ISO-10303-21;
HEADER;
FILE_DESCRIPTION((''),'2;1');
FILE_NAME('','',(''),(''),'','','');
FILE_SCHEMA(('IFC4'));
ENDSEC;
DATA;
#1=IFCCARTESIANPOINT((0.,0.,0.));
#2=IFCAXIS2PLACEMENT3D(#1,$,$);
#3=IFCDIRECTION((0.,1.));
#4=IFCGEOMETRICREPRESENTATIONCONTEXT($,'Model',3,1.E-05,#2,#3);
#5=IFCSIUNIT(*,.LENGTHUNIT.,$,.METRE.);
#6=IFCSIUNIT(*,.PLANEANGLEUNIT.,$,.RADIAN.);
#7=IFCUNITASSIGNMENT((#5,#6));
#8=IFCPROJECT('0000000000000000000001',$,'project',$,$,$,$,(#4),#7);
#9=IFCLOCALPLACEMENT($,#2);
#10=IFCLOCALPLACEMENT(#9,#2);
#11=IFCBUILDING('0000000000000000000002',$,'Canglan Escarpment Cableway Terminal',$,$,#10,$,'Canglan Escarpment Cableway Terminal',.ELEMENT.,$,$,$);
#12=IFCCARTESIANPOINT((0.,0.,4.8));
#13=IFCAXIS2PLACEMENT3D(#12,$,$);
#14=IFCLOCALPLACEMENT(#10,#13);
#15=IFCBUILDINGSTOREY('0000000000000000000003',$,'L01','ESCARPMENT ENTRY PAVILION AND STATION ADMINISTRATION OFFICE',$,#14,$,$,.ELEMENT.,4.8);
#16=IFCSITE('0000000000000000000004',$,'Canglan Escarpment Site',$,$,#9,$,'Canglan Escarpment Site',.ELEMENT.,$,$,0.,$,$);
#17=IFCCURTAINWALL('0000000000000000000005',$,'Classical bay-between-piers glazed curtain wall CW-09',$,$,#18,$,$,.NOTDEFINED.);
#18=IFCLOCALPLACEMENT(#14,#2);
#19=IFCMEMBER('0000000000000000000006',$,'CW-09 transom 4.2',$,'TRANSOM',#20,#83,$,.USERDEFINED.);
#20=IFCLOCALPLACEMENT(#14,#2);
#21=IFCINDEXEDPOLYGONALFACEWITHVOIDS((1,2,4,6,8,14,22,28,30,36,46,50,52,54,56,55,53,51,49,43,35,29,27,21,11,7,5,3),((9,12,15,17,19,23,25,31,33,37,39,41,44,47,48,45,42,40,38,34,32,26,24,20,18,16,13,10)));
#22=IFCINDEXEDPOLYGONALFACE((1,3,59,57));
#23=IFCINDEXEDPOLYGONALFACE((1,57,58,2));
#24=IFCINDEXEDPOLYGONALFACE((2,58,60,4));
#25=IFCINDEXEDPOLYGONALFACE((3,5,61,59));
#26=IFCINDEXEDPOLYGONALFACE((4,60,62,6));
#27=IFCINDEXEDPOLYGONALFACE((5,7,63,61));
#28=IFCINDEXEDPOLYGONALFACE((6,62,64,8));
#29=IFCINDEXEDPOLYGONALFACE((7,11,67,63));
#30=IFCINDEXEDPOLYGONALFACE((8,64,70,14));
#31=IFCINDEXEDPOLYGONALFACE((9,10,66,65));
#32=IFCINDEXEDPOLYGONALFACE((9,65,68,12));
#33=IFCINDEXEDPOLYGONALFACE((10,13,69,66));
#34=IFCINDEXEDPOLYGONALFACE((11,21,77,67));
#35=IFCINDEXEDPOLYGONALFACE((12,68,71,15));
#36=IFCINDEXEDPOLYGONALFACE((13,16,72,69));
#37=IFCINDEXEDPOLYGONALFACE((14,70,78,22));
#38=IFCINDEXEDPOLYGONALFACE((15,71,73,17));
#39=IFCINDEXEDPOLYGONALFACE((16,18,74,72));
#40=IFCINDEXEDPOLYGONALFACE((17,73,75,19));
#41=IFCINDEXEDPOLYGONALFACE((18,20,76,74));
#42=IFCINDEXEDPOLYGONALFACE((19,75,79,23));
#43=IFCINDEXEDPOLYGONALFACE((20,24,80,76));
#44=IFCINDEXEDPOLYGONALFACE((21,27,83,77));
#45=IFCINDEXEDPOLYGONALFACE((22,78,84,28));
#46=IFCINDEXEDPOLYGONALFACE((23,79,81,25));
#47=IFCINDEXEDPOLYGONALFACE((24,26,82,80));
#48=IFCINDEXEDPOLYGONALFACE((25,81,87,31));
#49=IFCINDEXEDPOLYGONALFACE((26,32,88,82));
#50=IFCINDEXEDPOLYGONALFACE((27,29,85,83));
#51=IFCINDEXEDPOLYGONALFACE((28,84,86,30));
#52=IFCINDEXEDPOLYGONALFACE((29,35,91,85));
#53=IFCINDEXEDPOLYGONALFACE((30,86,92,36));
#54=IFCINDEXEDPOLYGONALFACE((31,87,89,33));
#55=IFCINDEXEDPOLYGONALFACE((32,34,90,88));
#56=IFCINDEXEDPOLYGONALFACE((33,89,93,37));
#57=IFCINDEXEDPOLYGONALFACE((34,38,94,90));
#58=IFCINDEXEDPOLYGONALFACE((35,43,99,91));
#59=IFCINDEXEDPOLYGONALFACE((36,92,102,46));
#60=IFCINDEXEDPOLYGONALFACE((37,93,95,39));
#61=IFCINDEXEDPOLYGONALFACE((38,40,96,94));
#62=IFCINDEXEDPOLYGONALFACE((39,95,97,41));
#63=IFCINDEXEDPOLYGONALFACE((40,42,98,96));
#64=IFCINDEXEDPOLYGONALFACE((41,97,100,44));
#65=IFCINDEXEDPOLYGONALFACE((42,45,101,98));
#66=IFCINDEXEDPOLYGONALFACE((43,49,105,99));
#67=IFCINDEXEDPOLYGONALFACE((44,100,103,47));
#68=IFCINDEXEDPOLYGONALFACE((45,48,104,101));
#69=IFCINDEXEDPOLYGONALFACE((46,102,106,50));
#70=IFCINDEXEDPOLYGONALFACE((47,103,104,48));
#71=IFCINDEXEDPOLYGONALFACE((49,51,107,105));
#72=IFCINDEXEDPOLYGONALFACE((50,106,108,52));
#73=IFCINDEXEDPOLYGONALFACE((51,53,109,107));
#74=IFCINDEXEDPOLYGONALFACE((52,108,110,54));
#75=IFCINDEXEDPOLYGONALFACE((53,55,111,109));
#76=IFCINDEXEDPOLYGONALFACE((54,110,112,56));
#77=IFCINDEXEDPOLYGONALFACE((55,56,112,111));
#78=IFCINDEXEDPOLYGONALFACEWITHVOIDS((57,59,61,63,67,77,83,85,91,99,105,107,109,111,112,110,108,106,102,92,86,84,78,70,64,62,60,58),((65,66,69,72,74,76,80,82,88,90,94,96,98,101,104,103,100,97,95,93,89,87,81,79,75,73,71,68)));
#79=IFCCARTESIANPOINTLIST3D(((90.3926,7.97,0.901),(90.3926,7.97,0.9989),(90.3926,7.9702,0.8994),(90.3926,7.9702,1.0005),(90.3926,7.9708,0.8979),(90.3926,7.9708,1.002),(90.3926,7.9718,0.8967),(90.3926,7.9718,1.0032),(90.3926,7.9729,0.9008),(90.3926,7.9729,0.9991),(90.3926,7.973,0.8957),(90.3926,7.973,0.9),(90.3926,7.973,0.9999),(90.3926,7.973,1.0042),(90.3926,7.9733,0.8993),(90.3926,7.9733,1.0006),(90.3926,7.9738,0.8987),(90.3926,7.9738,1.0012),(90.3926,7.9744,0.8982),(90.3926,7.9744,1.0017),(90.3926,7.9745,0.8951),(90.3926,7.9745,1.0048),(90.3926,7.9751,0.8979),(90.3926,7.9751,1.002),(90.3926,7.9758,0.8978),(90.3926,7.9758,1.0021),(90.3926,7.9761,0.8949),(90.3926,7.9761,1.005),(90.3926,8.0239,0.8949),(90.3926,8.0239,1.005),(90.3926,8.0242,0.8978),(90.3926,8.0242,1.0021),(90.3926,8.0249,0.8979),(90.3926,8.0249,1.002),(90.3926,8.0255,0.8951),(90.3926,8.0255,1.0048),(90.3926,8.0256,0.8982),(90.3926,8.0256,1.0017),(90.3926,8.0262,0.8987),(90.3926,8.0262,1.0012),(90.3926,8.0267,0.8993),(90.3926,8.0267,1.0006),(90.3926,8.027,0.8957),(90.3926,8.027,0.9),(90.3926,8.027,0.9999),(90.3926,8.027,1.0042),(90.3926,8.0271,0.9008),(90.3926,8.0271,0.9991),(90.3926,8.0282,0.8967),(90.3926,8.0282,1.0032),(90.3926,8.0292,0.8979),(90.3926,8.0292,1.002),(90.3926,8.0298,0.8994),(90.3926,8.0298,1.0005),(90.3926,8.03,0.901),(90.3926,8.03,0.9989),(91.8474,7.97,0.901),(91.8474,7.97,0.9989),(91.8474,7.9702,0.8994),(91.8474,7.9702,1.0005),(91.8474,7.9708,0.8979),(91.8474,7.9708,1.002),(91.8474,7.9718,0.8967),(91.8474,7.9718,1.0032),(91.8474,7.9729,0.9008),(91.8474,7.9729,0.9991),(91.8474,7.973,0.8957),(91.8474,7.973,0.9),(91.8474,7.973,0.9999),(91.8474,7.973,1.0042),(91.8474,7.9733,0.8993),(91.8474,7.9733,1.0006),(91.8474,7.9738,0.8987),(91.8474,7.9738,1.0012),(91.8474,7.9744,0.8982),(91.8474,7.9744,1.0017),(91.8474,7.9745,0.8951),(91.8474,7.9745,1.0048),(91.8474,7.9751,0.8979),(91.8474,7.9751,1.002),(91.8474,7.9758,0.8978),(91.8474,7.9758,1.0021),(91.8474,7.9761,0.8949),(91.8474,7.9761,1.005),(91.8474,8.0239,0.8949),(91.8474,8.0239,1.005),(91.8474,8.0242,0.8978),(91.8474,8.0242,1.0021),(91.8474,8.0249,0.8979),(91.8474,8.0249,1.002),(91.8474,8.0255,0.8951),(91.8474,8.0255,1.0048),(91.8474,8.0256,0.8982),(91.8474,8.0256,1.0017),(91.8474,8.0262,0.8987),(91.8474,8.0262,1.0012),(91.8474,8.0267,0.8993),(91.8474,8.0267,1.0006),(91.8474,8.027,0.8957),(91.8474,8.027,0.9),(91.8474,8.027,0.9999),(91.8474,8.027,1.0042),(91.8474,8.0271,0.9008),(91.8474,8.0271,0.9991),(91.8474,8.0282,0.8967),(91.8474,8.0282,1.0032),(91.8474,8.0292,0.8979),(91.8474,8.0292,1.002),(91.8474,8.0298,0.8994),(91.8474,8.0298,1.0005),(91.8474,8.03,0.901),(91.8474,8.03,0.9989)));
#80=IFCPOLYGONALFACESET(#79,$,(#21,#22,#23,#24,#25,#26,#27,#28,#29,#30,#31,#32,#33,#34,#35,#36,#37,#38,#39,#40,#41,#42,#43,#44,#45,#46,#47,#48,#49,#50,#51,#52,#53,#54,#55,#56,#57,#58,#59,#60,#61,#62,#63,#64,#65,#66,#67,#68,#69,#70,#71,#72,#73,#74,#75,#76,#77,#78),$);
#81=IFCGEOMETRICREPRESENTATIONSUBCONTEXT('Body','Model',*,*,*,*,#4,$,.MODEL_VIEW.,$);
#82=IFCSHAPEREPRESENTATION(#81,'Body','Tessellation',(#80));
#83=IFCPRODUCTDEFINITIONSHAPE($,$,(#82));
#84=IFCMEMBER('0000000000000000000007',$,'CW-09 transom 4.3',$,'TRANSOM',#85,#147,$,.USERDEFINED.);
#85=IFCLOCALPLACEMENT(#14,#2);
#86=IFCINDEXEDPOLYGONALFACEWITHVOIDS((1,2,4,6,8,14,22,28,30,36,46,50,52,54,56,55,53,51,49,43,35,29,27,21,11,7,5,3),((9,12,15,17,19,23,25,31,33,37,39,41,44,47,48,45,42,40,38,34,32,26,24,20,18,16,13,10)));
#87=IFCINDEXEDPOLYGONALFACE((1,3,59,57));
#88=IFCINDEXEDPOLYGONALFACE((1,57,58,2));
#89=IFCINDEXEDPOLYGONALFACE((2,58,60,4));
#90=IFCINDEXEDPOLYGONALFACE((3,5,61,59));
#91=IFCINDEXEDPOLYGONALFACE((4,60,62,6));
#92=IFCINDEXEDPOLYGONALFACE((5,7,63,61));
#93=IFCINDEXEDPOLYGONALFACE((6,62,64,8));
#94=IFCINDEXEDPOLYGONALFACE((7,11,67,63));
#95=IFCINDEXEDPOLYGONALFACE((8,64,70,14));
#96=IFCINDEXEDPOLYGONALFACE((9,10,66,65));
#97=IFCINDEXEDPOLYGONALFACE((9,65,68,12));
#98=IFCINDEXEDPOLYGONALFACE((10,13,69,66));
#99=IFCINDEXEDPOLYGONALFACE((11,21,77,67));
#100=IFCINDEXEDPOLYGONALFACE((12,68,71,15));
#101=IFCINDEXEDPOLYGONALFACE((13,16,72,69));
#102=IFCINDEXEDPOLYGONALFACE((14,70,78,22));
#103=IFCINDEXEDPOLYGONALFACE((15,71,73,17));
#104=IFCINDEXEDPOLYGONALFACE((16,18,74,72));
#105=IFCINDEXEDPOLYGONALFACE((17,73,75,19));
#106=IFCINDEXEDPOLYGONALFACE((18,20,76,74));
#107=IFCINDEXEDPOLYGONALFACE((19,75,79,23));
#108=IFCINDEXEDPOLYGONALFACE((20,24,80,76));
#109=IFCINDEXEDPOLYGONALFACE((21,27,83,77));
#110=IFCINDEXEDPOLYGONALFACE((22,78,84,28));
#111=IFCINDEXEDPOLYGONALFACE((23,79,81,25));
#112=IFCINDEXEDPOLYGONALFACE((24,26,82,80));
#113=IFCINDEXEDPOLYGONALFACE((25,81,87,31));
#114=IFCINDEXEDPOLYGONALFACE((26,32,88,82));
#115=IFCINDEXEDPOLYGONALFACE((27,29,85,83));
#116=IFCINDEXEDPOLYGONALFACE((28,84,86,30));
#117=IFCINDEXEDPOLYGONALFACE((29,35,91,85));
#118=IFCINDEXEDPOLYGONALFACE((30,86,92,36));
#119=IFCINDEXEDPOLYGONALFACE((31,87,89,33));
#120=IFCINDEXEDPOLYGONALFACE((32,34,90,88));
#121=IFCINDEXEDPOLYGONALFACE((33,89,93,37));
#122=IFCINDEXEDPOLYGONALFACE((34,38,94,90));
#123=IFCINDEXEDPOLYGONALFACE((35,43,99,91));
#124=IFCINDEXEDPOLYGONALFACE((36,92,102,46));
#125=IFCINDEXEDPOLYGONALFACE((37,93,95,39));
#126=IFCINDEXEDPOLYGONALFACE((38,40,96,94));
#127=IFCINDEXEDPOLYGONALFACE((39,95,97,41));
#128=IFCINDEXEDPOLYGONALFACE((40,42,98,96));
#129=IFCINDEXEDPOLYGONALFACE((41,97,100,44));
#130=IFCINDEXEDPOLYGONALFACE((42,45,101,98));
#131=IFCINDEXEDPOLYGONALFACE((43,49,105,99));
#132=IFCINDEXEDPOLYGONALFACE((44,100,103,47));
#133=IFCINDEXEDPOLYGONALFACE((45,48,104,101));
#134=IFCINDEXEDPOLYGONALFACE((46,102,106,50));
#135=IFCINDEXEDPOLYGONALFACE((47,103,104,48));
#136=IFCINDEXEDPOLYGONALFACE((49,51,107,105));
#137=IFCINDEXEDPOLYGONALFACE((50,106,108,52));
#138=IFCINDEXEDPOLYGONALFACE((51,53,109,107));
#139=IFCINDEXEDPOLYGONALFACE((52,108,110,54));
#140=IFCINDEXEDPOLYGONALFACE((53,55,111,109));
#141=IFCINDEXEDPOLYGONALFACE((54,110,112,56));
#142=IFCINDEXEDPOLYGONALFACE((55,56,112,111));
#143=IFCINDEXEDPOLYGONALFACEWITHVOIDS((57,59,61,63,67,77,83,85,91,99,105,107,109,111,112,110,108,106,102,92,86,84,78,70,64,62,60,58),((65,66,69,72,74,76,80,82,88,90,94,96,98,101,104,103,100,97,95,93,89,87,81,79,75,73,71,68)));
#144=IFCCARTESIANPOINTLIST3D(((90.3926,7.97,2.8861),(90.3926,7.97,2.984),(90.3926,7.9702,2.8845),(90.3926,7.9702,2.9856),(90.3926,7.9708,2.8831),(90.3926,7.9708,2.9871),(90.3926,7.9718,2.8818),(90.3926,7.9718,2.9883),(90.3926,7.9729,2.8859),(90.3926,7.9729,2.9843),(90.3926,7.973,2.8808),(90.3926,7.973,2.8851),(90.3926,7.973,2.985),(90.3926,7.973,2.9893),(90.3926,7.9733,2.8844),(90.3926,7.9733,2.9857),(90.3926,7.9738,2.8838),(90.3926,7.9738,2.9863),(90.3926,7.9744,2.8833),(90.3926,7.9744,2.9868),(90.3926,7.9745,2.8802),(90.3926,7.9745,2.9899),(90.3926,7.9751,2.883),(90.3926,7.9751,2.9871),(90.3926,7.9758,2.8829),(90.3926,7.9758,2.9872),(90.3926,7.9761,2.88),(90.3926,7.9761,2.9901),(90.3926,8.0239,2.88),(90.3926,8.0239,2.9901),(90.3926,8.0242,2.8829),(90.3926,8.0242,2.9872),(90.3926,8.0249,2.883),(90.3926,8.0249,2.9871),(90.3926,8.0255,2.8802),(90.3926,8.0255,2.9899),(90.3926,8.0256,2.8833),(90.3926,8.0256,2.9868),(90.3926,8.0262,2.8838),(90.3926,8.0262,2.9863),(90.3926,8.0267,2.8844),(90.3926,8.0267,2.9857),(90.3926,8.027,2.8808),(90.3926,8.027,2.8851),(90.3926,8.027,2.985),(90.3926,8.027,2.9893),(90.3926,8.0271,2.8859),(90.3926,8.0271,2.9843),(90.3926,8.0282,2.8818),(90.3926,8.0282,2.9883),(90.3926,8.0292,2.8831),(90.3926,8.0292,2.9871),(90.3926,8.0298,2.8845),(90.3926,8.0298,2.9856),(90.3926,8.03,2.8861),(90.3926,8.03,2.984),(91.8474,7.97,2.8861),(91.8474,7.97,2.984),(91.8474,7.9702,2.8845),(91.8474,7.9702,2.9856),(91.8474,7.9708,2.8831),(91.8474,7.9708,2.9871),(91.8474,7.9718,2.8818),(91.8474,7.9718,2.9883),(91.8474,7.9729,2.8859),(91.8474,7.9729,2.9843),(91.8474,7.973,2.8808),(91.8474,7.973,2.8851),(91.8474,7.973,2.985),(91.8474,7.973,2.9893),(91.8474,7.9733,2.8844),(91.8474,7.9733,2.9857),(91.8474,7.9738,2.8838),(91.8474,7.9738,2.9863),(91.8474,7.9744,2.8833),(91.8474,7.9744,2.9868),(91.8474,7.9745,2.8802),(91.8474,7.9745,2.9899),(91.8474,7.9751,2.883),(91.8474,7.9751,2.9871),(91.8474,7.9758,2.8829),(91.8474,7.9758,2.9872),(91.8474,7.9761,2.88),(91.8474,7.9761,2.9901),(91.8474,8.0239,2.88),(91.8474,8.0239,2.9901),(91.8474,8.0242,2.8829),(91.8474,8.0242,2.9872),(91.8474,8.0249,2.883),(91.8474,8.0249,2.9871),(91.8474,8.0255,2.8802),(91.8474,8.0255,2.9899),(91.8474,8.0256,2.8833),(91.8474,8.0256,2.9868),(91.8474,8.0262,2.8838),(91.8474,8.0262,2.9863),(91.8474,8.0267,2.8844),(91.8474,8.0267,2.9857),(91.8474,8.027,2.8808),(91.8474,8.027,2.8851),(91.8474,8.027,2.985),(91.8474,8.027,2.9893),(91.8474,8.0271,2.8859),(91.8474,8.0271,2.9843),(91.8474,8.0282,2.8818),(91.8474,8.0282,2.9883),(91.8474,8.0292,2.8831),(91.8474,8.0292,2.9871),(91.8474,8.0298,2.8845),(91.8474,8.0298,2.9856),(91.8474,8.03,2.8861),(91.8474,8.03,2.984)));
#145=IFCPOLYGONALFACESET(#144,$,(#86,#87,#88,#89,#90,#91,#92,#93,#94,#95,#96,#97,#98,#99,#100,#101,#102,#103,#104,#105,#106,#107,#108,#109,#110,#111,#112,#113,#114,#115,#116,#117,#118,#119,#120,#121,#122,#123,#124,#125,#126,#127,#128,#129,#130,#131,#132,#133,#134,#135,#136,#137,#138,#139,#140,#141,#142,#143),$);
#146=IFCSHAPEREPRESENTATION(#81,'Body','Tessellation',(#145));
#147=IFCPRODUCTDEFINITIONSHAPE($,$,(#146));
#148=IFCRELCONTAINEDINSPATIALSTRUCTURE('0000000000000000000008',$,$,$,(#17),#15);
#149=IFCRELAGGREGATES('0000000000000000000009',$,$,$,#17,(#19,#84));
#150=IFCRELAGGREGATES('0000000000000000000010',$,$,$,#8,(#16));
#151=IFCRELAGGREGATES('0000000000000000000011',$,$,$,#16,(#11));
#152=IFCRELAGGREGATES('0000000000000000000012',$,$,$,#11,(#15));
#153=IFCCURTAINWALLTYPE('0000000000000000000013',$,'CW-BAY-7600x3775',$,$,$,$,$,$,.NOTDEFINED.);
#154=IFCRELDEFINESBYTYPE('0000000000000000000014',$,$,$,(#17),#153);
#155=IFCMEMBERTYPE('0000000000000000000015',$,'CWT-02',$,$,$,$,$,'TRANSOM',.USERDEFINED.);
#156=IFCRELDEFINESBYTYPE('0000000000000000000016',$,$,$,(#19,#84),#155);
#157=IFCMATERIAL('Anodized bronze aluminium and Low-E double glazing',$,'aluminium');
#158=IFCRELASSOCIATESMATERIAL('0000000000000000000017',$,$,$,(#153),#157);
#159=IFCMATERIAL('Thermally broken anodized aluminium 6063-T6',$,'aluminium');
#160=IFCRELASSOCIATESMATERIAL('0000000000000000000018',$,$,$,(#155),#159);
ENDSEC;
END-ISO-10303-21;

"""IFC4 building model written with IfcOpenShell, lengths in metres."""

from ifc_helpers import new_model, si_unit, direction, frame, origin, origin_2d, place, context, subcontext, project, spatial, hollow_rectangle, extrude, material, material_profile, profile_set, type_object, element, aggregate, save


model = new_model("IFC4")

# Units and contexts
model_context = context("Model", 3, precision=1e-05, world=origin(), true_north=direction((0.0, 1.0)))
body_context = subcontext(model_context, "Body", "Model", "MODEL_VIEW")
ifc_project = project(units=[si_unit("LENGTHUNIT", "METRE"), si_unit("PLANEANGLEUNIT", "RADIAN")], contexts=[model_context])

# Site, building, storey
site_placement = place(None, origin())
site = spatial("IfcSite", under=ifc_project, at=site_placement, Name="Canglan Escarpment Site", LongName="Canglan Escarpment Site", CompositionType="ELEMENT", RefElevation=0.0)
building_placement = place(site_placement, origin())
building = spatial("IfcBuilding", under=site, at=building_placement, Name="Canglan Escarpment Cableway Terminal", LongName="Canglan Escarpment Cableway Terminal", CompositionType="ELEMENT")
storey_placement = place(building_placement, frame((0.0, 0.0, 4.8)))
storey = spatial("IfcBuildingStorey", under=building, at=storey_placement, Name="L01", Description="ESCARPMENT ENTRY PAVILION AND STATION ADMINISTRATION OFFICE", CompositionType="ELEMENT", Elevation=4.8)

# Curtain wall, members
ifc_material_1 = material(Name="Anodized bronze aluminium and Low-E double glazing", Category="aluminium")
curtain_wall_type = type_object("IfcCurtainWallType", Name="CW-BAY-7600x3775", PredefinedType="NOTDEFINED", material=ifc_material_1)
curtain_wall_placement = place(storey_placement, origin())
curtain_wall = element("IfcCurtainWall", 1, at=curtain_wall_placement, inside=storey, type_object=curtain_wall_type, Name="Classical bay-between-piers glazed curtain wall CW-09", PredefinedType="NOTDEFINED")
ifc_material_2 = material(Name="Thermally broken anodized aluminium 6063-T6", Category="aluminium")
ifc_material_profile_1 = material_profile(ifc_material_2, hollow_rectangle(XDim=0.0601, YDim=0.1101, WallThickness=0.0029, InnerFilletRadius=0.0029, OuterFilletRadius=0.0061, at=origin_2d()), Name="ALU-TRAN 60x110x3")
ifc_profile_set_1 = profile_set([ifc_material_profile_1], Name="Thermally broken anodized aluminium 6063-T6")
member_type_1 = type_object("IfcMemberType", Name="CWT-02", ElementType="TRANSOM", PredefinedType="USERDEFINED", material=ifc_profile_set_1)
member_1_placement = place(storey_placement, frame((90.3926, 8.0, 0.95), z_axis=(1.0, 0.0, 0.0), x_axis=(0.0, 1.0, 0.0)))
member_1 = element("IfcMember", 2, at=member_1_placement, type_object=member_type_1, Name="CW-09 transom 4.2", ObjectType="TRANSOM", PredefinedType="USERDEFINED", context=body_context, shape_type="SweptSolid", body=[
    extrude(hollow_rectangle(XDim=0.0601, YDim=0.1101, WallThickness=0.0029, InnerFilletRadius=0.0029, OuterFilletRadius=0.0061, at=origin_2d()), origin(), (0.0, 0.0, 1.0), 1.4548),
])
member_2_placement = place(storey_placement, frame((90.3926, 8.0, 2.9351), z_axis=(1.0, 0.0, 0.0), x_axis=(0.0, 1.0, 0.0)))
member_2 = element("IfcMember", 3, at=member_2_placement, type_object=member_type_1, Name="CW-09 transom 4.3", ObjectType="TRANSOM", PredefinedType="USERDEFINED", context=body_context, shape_type="SweptSolid", body=[
    extrude(hollow_rectangle(XDim=0.0601, YDim=0.1101, WallThickness=0.0029, InnerFilletRadius=0.0029, OuterFilletRadius=0.0061, at=origin_2d()), origin(), (0.0, 0.0, 1.0), 1.4548),
])
aggregate(curtain_wall, [member_1, member_2])

save(model, "model.ifc")
